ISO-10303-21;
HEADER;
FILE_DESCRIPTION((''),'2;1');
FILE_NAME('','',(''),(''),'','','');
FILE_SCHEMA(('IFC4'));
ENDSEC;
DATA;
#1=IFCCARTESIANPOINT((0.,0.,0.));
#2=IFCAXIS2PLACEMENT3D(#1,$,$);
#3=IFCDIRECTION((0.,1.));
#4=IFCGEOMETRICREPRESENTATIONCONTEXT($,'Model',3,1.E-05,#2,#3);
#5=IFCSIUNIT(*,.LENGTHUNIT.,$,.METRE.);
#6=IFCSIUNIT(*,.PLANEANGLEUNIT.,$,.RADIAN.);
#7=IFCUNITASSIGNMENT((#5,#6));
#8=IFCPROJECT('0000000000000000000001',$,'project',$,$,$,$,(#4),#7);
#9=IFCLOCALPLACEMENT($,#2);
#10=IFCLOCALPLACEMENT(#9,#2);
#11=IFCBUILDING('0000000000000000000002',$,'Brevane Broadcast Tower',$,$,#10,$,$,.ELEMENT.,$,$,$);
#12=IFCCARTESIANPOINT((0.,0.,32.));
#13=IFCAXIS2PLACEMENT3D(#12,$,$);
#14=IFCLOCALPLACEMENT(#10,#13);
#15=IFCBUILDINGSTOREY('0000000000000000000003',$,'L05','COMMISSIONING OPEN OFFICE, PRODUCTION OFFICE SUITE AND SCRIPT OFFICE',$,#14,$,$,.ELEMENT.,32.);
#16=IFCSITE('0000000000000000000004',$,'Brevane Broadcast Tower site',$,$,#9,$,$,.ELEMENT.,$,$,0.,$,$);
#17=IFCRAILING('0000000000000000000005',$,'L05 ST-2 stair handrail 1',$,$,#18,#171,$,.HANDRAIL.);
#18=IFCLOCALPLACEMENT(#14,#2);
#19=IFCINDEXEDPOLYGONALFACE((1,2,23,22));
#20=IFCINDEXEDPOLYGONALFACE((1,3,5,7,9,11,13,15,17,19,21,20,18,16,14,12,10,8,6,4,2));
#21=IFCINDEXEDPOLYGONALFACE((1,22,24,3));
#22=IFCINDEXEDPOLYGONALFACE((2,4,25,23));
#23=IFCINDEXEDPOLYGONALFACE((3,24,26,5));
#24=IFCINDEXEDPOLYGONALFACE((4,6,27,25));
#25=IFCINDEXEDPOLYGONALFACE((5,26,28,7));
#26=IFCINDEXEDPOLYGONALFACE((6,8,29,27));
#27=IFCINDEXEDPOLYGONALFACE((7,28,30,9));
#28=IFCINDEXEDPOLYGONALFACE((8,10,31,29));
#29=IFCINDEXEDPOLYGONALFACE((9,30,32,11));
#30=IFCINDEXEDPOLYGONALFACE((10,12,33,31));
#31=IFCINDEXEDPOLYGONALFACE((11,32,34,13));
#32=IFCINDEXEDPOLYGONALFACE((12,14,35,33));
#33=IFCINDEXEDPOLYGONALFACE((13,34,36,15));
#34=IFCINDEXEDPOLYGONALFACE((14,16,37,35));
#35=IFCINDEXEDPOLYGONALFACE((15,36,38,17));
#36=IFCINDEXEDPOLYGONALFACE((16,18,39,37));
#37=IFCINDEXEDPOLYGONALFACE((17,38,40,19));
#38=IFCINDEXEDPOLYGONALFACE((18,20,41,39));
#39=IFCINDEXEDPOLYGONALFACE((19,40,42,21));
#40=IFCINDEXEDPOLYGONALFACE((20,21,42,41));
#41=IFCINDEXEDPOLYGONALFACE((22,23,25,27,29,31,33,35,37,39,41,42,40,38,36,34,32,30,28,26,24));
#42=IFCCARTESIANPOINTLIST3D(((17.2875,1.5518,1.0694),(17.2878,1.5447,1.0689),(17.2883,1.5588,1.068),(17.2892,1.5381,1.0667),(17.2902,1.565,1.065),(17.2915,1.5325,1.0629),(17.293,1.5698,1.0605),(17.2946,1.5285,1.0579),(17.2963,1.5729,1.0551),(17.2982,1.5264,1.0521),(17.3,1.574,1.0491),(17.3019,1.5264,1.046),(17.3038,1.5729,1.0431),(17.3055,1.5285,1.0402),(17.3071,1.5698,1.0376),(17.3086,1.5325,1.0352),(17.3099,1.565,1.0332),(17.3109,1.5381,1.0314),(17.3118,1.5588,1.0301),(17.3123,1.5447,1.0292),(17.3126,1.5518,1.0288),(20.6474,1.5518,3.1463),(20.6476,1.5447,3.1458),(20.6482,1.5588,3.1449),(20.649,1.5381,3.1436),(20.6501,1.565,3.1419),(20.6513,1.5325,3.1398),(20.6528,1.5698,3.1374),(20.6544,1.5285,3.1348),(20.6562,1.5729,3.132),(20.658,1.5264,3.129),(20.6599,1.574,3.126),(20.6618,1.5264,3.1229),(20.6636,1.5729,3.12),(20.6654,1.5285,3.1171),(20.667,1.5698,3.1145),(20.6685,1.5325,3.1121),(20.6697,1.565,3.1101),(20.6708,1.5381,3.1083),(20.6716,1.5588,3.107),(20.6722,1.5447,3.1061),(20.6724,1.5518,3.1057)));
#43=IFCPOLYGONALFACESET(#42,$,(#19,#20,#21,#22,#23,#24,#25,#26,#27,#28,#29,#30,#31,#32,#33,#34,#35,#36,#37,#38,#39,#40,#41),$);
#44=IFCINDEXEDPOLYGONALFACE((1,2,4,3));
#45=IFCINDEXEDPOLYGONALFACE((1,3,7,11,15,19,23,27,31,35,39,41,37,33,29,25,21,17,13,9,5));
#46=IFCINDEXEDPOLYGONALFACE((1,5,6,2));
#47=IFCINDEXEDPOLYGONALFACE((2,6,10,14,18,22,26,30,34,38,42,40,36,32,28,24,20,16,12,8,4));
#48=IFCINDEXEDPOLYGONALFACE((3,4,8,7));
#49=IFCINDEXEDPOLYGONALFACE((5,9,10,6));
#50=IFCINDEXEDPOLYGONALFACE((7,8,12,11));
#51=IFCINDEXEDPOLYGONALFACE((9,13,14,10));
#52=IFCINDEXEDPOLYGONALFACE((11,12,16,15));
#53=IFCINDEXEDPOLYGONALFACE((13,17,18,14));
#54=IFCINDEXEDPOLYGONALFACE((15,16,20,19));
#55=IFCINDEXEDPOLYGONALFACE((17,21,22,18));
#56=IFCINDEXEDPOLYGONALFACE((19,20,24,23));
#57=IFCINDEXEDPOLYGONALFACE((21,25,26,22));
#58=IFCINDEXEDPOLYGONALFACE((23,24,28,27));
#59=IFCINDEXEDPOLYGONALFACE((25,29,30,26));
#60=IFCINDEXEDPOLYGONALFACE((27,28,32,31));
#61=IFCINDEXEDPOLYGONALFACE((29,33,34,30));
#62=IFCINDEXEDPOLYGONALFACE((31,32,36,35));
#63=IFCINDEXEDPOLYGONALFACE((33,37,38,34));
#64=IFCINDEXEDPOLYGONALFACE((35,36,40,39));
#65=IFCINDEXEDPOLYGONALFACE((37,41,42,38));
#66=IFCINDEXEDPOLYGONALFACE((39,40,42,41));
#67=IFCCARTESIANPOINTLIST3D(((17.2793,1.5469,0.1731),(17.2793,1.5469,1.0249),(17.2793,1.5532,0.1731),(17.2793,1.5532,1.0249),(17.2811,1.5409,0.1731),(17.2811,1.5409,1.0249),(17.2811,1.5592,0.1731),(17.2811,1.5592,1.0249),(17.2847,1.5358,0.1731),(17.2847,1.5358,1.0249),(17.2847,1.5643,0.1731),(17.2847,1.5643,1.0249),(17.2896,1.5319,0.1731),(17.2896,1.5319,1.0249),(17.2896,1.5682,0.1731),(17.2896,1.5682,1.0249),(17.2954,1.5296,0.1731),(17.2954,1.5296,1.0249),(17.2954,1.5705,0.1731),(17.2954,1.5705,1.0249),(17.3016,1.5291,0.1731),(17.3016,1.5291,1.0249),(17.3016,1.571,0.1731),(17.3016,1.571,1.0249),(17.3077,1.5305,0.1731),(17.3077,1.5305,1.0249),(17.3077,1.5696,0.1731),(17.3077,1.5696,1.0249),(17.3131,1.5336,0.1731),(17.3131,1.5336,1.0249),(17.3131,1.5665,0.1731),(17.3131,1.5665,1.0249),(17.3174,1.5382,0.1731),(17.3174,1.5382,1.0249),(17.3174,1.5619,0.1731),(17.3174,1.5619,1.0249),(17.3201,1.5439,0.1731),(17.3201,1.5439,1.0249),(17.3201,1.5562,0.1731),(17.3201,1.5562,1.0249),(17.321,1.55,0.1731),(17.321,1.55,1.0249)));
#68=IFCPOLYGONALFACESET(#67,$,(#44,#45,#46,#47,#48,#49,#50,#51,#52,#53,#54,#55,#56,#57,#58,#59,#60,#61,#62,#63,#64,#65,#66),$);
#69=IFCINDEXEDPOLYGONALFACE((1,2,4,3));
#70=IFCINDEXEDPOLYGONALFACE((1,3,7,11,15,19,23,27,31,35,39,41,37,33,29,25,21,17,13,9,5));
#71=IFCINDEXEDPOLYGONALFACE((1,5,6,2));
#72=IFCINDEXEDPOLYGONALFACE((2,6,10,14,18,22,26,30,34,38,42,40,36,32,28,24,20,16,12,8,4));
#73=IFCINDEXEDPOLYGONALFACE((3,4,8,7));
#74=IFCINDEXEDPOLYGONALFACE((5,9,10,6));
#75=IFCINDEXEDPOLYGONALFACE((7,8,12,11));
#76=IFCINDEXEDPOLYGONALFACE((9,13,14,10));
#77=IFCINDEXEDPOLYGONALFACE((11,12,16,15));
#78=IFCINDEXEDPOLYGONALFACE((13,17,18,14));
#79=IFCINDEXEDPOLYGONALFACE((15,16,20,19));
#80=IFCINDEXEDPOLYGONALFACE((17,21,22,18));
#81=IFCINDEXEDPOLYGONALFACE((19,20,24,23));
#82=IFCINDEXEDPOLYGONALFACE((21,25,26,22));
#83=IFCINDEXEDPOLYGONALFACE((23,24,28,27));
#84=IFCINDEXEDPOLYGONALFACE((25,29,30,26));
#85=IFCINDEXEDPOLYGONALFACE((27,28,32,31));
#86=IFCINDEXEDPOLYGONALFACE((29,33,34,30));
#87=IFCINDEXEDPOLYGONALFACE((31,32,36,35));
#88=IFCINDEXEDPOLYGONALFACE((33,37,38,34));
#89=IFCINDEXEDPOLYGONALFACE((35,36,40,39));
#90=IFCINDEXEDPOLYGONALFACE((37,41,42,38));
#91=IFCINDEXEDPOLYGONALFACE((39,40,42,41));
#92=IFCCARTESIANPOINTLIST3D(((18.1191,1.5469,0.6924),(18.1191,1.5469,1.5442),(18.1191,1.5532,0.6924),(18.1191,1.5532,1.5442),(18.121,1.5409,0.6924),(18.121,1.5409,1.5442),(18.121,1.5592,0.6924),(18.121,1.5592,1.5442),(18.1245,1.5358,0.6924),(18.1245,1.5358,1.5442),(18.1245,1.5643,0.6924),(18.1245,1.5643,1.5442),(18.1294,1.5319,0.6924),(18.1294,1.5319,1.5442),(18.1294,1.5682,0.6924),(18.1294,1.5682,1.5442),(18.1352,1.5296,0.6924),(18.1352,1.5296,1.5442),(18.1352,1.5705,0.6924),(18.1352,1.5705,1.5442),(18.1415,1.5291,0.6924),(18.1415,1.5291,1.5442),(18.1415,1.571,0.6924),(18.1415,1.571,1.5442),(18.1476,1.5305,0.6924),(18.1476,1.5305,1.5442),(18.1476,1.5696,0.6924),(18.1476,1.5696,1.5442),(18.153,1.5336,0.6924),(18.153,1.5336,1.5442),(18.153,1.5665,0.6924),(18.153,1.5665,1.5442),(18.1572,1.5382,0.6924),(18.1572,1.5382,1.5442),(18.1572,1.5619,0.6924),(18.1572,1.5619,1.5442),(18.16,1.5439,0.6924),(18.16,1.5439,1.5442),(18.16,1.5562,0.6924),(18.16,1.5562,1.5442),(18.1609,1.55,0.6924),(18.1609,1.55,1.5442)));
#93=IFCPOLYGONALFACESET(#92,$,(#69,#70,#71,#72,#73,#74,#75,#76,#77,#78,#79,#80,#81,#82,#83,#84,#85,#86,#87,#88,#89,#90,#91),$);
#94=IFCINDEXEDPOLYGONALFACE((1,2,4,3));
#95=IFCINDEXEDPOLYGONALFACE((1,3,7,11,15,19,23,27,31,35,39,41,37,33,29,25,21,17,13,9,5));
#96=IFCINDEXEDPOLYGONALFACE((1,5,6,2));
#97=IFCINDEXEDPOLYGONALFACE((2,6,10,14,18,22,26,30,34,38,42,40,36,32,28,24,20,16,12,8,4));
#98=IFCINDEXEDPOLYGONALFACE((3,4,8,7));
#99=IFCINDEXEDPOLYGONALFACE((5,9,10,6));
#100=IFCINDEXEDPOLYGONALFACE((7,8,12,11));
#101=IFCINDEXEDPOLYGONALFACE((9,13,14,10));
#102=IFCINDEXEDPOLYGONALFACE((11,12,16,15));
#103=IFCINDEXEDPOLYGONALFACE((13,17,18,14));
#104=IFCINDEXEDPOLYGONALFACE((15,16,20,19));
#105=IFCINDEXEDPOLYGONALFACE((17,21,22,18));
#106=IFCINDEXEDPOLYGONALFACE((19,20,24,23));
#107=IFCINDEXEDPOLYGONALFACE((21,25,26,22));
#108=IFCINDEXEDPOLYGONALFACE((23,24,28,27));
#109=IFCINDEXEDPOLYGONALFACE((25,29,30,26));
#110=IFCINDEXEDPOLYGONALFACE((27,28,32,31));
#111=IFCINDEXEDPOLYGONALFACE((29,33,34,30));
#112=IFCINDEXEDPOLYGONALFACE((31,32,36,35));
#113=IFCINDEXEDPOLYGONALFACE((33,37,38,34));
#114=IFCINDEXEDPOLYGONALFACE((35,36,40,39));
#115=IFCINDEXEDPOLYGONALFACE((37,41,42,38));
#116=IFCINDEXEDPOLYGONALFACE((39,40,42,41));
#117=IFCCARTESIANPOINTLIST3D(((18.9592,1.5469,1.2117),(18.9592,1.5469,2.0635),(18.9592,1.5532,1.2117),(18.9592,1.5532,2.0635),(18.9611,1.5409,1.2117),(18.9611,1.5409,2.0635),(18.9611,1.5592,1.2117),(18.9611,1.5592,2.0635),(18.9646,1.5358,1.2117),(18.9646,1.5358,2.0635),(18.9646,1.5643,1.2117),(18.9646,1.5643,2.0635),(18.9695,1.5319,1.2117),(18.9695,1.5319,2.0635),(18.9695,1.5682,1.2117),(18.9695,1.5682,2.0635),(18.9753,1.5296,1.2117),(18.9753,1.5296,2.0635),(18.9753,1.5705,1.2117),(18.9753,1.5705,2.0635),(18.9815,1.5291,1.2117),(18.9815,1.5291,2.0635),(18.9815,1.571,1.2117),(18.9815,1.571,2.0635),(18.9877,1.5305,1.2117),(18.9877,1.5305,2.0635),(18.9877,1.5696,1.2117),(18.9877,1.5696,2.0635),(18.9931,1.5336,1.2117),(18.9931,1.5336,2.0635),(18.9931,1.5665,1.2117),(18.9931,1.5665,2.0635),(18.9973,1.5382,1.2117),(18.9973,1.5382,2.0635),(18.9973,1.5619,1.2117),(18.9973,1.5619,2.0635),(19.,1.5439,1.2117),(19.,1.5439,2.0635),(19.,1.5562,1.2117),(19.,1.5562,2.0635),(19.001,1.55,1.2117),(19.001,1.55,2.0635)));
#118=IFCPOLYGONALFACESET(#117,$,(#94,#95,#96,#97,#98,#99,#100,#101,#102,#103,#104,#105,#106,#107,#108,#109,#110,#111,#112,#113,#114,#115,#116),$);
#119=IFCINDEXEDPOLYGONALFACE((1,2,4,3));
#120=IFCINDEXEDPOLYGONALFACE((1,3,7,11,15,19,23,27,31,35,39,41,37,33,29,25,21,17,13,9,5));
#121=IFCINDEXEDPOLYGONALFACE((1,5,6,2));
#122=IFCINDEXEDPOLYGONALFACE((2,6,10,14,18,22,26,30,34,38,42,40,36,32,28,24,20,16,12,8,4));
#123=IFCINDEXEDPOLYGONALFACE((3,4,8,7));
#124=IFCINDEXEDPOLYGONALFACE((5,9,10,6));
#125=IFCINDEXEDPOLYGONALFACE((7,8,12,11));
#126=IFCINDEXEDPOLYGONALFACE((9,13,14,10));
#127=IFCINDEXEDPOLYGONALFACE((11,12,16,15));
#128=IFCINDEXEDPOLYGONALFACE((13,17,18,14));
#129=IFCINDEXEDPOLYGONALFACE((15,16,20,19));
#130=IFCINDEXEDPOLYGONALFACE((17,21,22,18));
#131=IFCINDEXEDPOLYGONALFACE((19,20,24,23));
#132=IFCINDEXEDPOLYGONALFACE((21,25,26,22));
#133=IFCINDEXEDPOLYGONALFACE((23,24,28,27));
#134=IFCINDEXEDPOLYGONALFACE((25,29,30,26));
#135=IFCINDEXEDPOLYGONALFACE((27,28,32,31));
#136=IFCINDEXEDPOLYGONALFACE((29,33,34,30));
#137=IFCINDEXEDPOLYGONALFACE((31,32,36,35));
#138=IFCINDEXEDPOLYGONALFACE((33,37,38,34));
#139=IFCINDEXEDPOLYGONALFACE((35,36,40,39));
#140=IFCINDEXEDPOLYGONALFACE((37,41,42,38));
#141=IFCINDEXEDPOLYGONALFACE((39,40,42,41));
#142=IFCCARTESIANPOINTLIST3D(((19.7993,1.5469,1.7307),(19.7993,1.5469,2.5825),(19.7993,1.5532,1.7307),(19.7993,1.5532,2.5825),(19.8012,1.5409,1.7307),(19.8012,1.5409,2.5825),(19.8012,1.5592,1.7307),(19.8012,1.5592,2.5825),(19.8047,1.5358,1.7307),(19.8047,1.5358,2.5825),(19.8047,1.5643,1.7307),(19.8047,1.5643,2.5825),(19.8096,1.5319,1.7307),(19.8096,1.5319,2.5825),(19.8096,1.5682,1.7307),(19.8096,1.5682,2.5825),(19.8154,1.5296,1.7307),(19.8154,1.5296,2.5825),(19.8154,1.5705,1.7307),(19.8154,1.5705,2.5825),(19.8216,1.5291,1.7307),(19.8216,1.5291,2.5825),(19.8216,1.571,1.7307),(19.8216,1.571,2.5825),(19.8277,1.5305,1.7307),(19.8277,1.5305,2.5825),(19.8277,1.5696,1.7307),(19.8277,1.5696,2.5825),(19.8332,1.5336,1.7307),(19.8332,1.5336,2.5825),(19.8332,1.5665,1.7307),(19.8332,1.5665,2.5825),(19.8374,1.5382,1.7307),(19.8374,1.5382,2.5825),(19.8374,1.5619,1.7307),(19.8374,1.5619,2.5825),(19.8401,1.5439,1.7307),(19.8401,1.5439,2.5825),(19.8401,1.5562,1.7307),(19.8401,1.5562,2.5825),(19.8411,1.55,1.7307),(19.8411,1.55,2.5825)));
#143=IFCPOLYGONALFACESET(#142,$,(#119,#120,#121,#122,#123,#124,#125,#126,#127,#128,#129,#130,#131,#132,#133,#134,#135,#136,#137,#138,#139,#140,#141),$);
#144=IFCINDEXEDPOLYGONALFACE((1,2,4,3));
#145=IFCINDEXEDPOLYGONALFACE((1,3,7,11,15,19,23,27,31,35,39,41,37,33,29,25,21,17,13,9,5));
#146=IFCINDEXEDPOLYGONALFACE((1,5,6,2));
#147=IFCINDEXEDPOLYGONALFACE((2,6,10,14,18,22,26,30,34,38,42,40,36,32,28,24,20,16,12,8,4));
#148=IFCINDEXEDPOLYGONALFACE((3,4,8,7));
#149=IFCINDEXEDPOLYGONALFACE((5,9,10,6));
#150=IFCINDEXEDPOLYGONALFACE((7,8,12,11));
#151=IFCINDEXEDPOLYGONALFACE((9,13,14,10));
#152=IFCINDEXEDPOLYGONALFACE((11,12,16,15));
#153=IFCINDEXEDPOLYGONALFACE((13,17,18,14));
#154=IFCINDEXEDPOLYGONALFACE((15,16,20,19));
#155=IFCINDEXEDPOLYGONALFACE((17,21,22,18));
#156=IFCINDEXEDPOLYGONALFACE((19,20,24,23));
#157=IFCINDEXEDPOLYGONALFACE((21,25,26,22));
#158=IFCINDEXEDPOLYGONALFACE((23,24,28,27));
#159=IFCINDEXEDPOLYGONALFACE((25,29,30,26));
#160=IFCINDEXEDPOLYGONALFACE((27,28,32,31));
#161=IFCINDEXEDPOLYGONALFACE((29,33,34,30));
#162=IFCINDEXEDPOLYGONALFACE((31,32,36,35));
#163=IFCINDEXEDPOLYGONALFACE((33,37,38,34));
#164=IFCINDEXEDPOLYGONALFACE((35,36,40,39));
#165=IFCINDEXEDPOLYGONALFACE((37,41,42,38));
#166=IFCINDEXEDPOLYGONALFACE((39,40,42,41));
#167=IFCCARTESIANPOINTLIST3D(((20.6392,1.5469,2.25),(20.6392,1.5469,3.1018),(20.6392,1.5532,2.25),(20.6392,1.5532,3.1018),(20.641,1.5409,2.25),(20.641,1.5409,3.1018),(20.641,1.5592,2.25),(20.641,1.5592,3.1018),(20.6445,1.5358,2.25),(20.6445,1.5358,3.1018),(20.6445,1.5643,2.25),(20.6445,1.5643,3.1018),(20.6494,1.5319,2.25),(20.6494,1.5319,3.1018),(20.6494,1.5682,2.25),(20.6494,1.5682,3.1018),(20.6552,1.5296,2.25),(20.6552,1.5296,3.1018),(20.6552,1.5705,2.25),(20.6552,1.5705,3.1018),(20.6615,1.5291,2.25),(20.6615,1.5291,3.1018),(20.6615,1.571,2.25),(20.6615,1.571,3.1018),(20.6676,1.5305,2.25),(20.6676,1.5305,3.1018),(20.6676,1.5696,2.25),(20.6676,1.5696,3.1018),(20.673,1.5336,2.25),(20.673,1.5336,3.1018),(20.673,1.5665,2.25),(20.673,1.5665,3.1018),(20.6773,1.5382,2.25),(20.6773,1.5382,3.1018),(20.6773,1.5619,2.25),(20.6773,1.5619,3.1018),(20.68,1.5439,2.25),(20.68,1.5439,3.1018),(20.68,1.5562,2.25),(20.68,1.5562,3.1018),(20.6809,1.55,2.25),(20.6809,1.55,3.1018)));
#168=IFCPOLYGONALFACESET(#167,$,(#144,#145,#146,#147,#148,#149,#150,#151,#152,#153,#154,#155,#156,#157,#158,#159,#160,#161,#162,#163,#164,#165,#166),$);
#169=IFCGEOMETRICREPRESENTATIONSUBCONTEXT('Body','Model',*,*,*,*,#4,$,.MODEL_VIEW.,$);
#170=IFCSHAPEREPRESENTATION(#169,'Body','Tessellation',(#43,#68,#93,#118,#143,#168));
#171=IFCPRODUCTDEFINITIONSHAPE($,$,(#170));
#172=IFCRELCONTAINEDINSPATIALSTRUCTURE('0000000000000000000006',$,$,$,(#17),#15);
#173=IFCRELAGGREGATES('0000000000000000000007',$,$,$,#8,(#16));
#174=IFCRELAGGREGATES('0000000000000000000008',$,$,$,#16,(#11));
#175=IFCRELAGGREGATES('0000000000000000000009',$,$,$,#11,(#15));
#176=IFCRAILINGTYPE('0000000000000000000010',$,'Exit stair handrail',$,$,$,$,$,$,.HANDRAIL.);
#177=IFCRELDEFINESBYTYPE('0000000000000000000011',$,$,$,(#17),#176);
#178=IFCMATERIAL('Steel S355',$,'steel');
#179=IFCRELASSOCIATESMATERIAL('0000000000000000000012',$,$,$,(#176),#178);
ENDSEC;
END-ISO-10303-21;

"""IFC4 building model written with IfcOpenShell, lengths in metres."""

from ifc_helpers import new_model, si_unit, direction, frame, origin, origin_2d, place, context, subcontext, project, spatial, circle, extrude, material, type_object, element, save


model = new_model("IFC4")

# Units and contexts
model_context = context("Model", 3, precision=1e-05, world=origin(), true_north=direction((0.0, 1.0)))
body_context = subcontext(model_context, "Body", "Model", "MODEL_VIEW")
ifc_project = project(units=[si_unit("LENGTHUNIT", "METRE"), si_unit("PLANEANGLEUNIT", "RADIAN")], contexts=[model_context])

# Site, building, storey
site_placement = place(None, origin())
site = spatial("IfcSite", under=ifc_project, at=site_placement, Name="Brevane Broadcast Tower site", CompositionType="ELEMENT", RefElevation=0.0)
building_placement = place(site_placement, origin())
building = spatial("IfcBuilding", under=site, at=building_placement, Name="Brevane Broadcast Tower", CompositionType="ELEMENT")
storey_placement = place(building_placement, frame((0.0, 0.0, 32.0)))
storey = spatial("IfcBuildingStorey", under=building, at=storey_placement, Name="L05", Description="COMMISSIONING OPEN OFFICE, PRODUCTION OFFICE SUITE AND SCRIPT OFFICE", CompositionType="ELEMENT", Elevation=32.0)

# Railing
ifc_material_1 = material(Name="Steel S355", Category="steel")
railing_type_1 = type_object("IfcRailingType", Name="Exit stair handrail", PredefinedType="HANDRAIL", material=ifc_material_1)
railing_1_placement = place(storey_placement, frame((17.3, 1.55, 0.1731)))
element("IfcRailing", 1, at=railing_1_placement, inside=storey, type_object=railing_type_1, Name="L05 ST-2 stair handrail 1", PredefinedType="HANDRAIL", context=body_context, shape_type="SweptSolid", body=[
    extrude(circle(Radius=0.0239, at=origin_2d()), frame((0.0, 0.0, 0.876), z_axis=(0.850606, 0.0, 0.525803), x_axis=(0.0, 1.0, 0.0)), (0.0, 0.0, 1.0), 3.95),
    extrude(circle(Radius=0.021, at=origin_2d()), origin(), (0.0, 0.0, 1.0), 0.8518),
    extrude(circle(Radius=0.021, at=origin_2d()), frame((0.8398, 0.0, 0.5193)), (0.0, 0.0, 1.0), 0.8518),
    extrude(circle(Radius=0.021, at=origin_2d()), frame((1.6799, 0.0, 1.0386)), (0.0, 0.0, 1.0), 0.8518),
    extrude(circle(Radius=0.021, at=origin_2d()), frame((2.52, 0.0, 1.5576)), (0.0, 0.0, 1.0), 0.8518),
    extrude(circle(Radius=0.021, at=origin_2d()), frame((3.3599, 0.0, 2.0769)), (0.0, 0.0, 1.0), 0.8518),
])

save(model, "model.ifc")
